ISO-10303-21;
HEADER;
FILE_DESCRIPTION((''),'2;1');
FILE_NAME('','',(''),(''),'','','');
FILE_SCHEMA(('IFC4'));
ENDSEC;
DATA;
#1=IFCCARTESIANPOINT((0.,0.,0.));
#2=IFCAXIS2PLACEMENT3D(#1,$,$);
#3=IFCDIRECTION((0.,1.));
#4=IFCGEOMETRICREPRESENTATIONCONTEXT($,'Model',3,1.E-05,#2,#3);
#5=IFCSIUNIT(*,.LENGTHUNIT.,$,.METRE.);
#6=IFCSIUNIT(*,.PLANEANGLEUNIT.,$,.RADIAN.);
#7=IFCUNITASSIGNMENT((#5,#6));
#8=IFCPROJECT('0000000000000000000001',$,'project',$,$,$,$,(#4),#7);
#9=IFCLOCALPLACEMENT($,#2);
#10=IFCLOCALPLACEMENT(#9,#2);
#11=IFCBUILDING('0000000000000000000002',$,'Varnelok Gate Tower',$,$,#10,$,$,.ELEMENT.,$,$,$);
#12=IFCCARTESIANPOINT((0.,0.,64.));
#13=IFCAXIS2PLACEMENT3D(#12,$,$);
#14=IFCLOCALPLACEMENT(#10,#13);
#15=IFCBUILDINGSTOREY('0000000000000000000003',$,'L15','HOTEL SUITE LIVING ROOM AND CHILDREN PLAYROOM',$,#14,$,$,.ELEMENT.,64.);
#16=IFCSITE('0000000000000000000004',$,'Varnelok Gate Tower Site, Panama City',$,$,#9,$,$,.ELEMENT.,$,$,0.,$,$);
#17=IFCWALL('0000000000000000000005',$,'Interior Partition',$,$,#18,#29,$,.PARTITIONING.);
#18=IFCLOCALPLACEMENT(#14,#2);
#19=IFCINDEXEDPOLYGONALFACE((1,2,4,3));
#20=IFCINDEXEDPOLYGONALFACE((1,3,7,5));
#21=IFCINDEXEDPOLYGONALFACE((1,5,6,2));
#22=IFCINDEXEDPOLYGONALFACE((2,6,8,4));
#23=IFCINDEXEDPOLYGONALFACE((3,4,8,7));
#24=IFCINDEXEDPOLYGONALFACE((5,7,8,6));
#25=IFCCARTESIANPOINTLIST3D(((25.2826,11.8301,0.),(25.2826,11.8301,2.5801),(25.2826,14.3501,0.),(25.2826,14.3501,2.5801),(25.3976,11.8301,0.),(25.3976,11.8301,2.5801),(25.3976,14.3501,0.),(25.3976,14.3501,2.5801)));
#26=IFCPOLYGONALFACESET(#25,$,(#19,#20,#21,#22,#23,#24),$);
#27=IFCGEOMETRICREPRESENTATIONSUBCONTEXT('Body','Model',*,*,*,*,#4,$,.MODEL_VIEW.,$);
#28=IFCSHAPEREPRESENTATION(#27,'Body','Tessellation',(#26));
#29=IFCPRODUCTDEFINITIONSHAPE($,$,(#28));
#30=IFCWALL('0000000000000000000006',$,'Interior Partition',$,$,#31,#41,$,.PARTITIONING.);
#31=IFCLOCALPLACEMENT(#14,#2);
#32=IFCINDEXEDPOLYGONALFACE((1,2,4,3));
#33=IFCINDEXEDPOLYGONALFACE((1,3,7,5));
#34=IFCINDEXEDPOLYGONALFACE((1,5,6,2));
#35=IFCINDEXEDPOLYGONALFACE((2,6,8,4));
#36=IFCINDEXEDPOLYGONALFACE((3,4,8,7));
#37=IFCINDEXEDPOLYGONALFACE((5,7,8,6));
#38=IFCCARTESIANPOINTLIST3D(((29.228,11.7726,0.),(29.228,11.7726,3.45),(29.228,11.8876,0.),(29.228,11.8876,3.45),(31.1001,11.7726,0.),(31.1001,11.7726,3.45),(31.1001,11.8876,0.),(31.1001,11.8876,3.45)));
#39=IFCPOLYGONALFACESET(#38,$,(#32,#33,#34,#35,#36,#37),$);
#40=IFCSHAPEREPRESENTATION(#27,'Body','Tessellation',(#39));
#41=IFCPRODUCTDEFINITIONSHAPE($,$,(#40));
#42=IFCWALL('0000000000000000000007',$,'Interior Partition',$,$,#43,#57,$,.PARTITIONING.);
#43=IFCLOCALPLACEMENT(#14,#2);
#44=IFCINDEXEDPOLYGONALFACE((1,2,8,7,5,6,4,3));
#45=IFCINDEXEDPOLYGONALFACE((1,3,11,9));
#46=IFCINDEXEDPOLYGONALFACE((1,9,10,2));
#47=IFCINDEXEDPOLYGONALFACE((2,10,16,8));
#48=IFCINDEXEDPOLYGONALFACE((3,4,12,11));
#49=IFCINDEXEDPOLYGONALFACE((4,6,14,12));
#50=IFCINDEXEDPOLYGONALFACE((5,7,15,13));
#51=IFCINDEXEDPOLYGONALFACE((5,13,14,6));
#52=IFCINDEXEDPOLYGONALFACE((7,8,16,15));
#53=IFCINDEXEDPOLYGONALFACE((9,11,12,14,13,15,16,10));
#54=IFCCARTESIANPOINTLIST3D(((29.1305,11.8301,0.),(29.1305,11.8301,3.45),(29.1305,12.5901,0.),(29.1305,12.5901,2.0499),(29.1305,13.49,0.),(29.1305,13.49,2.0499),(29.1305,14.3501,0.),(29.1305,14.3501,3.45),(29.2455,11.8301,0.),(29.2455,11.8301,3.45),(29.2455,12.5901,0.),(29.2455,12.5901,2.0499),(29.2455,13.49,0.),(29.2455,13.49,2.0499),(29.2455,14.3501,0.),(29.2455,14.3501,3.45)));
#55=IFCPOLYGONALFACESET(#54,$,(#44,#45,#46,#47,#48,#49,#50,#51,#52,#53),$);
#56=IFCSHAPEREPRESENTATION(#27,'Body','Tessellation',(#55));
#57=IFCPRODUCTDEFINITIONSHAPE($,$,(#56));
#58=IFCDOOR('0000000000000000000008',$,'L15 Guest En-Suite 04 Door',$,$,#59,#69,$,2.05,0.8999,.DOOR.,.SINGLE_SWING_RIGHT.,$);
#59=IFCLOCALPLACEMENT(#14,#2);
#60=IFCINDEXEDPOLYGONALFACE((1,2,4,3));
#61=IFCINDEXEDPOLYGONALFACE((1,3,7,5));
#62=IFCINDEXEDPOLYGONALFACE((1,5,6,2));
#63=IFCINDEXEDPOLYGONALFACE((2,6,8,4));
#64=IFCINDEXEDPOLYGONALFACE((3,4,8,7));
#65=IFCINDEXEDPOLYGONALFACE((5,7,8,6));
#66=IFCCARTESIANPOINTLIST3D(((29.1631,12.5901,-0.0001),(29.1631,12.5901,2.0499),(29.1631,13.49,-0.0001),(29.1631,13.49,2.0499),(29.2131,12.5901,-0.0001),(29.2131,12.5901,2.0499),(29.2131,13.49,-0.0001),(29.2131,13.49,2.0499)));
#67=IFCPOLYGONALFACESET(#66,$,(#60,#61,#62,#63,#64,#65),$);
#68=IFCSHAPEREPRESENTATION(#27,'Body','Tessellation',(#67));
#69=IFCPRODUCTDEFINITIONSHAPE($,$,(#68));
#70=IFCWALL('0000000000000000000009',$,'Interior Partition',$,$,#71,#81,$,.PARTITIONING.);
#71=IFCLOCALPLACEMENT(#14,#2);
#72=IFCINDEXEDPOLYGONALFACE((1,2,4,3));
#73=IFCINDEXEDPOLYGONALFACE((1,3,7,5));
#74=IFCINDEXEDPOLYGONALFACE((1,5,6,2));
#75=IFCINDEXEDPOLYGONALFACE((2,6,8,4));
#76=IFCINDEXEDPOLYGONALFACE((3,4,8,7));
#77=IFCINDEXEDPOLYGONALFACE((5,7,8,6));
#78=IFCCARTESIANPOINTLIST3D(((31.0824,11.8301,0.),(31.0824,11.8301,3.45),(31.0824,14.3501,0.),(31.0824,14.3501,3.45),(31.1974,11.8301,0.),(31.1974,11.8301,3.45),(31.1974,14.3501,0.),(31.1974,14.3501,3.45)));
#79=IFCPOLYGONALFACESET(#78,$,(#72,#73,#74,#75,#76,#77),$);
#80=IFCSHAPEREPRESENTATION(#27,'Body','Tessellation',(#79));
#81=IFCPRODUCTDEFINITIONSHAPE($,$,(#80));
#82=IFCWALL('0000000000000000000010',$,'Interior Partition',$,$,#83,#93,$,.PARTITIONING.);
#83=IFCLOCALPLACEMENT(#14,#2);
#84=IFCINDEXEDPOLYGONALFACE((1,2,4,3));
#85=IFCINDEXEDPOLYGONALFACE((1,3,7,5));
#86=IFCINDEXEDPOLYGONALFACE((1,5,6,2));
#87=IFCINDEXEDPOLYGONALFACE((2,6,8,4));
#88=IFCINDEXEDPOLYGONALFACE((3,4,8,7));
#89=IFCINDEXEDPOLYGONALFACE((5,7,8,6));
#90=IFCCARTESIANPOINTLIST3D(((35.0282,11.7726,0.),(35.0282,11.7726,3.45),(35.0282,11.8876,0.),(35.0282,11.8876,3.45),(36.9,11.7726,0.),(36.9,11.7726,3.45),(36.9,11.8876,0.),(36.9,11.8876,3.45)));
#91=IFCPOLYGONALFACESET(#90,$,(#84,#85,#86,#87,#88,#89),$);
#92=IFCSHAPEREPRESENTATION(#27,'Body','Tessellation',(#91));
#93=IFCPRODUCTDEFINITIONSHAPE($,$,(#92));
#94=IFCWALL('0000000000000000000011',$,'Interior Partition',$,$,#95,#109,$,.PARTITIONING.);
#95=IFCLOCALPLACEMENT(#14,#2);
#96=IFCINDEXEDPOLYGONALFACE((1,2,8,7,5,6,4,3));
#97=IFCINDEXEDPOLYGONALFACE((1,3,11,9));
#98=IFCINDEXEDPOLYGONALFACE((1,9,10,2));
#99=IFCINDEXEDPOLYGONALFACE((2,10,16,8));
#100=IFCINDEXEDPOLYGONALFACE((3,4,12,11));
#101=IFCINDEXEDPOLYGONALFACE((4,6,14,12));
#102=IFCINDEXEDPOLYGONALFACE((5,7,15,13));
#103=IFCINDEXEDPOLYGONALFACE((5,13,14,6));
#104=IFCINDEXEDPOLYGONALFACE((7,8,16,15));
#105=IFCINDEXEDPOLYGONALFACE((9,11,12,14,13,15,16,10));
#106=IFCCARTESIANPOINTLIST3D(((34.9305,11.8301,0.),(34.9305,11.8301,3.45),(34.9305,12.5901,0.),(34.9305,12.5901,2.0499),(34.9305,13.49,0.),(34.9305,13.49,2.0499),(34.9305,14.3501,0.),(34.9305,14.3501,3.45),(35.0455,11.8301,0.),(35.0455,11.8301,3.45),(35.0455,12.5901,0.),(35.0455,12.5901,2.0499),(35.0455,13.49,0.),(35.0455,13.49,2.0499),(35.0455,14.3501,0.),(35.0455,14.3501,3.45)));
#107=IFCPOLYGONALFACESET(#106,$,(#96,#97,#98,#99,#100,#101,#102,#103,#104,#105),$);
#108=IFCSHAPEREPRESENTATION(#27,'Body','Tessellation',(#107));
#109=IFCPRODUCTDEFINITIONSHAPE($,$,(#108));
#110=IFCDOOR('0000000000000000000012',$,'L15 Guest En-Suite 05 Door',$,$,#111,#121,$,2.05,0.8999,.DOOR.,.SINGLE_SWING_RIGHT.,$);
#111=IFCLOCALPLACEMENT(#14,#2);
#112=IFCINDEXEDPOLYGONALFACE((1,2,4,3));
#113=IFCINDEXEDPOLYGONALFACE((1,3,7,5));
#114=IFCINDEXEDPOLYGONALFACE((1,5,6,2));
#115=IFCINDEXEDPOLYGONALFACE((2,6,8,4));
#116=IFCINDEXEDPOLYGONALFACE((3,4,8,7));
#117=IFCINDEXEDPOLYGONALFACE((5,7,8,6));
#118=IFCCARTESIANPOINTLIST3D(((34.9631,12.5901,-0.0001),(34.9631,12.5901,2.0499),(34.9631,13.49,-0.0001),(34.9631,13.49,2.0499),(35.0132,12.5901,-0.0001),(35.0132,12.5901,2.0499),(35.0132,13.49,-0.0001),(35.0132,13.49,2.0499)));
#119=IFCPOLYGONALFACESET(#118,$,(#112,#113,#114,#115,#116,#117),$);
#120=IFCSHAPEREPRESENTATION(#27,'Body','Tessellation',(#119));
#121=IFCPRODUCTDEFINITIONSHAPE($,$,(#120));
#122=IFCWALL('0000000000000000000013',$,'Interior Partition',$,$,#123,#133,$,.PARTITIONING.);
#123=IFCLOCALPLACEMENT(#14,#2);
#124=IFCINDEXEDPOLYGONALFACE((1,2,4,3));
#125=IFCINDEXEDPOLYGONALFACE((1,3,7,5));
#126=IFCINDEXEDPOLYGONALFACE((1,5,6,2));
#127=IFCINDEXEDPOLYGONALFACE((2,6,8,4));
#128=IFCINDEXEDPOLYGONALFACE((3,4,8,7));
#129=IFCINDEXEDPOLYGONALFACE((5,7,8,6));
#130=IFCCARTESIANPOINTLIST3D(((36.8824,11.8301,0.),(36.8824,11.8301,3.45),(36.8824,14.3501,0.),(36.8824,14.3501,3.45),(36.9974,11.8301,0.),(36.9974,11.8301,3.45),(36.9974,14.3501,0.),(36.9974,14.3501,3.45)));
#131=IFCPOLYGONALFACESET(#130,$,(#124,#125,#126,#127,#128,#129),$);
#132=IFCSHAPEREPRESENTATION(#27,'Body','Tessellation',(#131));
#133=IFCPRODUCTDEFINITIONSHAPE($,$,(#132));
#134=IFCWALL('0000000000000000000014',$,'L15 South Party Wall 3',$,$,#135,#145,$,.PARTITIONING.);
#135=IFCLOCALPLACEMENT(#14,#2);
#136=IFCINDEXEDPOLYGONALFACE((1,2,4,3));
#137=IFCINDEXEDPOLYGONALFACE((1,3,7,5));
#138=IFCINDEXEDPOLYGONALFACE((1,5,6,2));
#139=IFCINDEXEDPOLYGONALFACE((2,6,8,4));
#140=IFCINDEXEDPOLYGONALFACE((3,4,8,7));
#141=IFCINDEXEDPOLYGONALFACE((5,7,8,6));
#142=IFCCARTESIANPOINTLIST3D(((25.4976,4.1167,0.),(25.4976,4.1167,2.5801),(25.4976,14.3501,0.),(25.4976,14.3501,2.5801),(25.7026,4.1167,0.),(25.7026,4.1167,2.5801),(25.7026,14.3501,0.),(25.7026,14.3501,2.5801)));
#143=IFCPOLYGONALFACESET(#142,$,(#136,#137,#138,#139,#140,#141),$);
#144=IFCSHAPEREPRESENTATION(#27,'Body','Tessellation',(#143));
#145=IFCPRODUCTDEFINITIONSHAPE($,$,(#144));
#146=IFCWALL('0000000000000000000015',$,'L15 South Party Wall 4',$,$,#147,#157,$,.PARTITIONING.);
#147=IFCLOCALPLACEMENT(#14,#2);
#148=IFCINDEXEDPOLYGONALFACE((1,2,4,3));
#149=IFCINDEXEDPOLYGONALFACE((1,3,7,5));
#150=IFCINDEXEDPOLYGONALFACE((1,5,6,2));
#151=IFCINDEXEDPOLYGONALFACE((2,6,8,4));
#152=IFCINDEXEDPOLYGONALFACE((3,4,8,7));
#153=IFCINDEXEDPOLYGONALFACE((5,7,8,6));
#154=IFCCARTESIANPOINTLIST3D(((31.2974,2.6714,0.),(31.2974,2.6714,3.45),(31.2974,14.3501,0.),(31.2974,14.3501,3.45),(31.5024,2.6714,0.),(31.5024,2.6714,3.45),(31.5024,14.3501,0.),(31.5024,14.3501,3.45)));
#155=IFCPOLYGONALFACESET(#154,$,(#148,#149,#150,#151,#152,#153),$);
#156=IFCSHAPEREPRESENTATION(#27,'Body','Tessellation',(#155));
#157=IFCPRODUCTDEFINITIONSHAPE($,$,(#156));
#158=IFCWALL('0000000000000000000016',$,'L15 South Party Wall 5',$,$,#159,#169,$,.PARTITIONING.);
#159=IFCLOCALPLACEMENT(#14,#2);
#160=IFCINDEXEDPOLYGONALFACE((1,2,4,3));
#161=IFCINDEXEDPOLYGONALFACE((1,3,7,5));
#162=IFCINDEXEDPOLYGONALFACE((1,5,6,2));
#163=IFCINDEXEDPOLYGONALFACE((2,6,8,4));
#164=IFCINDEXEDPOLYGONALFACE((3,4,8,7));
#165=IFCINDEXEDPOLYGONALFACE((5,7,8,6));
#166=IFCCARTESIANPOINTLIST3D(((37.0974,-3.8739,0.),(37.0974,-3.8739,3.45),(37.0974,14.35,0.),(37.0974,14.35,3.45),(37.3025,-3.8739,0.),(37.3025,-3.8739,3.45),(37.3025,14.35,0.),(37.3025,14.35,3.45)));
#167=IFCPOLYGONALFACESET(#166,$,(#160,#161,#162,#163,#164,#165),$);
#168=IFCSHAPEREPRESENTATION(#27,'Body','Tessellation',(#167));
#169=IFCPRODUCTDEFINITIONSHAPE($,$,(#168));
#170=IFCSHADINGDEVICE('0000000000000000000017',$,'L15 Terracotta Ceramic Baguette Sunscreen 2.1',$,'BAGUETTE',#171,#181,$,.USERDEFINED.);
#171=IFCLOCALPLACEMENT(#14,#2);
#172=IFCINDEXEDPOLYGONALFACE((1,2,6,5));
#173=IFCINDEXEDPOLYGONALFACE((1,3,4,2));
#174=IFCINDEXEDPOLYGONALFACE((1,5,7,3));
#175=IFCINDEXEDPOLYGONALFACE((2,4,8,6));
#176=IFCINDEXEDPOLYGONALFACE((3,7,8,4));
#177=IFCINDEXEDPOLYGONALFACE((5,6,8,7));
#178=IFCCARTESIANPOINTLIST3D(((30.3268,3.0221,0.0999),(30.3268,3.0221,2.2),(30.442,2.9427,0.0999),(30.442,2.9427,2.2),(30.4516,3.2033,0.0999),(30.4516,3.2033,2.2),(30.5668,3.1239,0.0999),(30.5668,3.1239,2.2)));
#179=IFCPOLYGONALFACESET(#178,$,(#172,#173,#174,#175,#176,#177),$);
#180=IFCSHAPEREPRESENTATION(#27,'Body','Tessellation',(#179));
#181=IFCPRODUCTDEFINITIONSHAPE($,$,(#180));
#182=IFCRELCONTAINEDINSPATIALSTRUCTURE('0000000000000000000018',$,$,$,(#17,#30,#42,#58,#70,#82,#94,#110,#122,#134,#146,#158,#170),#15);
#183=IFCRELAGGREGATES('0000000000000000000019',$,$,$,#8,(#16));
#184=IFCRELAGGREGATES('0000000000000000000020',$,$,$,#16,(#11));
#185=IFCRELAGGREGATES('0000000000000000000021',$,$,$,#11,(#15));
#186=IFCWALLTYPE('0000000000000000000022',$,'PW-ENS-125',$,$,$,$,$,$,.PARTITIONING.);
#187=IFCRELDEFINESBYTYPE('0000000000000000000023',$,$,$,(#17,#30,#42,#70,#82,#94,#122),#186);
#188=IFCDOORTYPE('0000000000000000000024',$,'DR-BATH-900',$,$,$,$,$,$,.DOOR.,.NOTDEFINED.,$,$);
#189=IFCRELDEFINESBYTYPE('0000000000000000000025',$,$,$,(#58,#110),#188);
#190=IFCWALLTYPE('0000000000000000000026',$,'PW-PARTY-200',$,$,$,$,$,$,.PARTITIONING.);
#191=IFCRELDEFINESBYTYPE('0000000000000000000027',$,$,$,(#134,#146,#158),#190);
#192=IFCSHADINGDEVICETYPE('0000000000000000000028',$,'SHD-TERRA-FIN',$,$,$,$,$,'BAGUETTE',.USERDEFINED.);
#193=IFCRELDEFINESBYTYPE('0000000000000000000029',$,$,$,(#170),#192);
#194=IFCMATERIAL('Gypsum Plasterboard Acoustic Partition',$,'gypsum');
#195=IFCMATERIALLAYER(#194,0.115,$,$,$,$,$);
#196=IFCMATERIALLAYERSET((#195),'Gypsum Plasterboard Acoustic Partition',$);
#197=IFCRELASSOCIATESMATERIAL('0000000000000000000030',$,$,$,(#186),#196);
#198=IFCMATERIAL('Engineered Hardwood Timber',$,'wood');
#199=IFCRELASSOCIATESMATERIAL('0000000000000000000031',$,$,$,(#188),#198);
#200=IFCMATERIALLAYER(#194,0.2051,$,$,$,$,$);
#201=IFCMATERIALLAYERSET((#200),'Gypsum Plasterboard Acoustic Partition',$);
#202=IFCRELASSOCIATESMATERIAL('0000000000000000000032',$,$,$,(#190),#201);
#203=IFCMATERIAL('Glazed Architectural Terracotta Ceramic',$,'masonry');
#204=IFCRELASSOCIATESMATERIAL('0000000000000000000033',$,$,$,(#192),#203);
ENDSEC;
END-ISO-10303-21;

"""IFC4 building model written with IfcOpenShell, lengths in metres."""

from ifc_helpers import new_model, si_unit, direction, frame, frame_2d, origin, origin_2d, place, context, subcontext, project, spatial, rectangle, extrude, source, transform, mapped, material, layer, layer_set, type_object, element, fill, save


model = new_model("IFC4")

# Units and contexts
model_context = context("Model", 3, precision=1e-05, world=origin(), true_north=direction((0.0, 1.0)))
body_context = subcontext(model_context, "Body", "Model", "MODEL_VIEW")
ifc_project = project(units=[si_unit("LENGTHUNIT", "METRE"), si_unit("PLANEANGLEUNIT", "RADIAN")], contexts=[model_context])

# Site, building, storey
site_placement = place(None, origin())
site = spatial("IfcSite", under=ifc_project, at=site_placement, Name="Varnelok Gate Tower Site, Panama City", CompositionType="ELEMENT", RefElevation=0.0)
building_placement = place(site_placement, origin())
building = spatial("IfcBuilding", under=site, at=building_placement, Name="Varnelok Gate Tower", CompositionType="ELEMENT")
storey_placement = place(building_placement, frame((0.0, 0.0, 64.0)))
storey = spatial("IfcBuildingStorey", under=building, at=storey_placement, Name="L15", Description="HOTEL SUITE LIVING ROOM AND CHILDREN PLAYROOM", CompositionType="ELEMENT", Elevation=64.0)

# Walls
ifc_material_1 = material(Name="Gypsum Plasterboard Acoustic Partition", Category="gypsum")
ifc_layer_1 = layer(ifc_material_1, 0.115)
ifc_layer_set_1 = layer_set([ifc_layer_1], Name="Gypsum Plasterboard Acoustic Partition")
wall_type_1 = type_object("IfcWallType", Name="PW-ENS-125", PredefinedType="PARTITIONING", material=ifc_layer_set_1)
wall_1_placement = place(storey_placement, frame((25.3401, 11.8301, 0.0), z_axis=(0.0, 0.0, 1.0), x_axis=(0.0, 1.0, 0.0)))
element("IfcWall", 1, at=wall_1_placement, inside=storey, type_object=wall_type_1, Name="Interior Partition", PredefinedType="PARTITIONING", context=body_context, shape_type="SweptSolid", body=[
    extrude(rectangle(XDim=2.52, YDim=0.115, at=frame_2d((1.26, 0.0))), origin(), (0.0, 0.0, 1.0), 2.5801),
])
wall_2_placement = place(storey_placement, frame((29.228, 11.8301, 0.0), z_axis=(0.0, 0.0, 1.0), x_axis=(1.0, 0.0, 0.0)))
element("IfcWall", 2, at=wall_2_placement, inside=storey, type_object=wall_type_1, Name="Interior Partition", PredefinedType="PARTITIONING", context=body_context, shape_type="SweptSolid", body=[
    extrude(rectangle(XDim=1.8721, YDim=0.115, at=frame_2d((0.936, 0.0))), origin(), (0.0, 0.0, 1.0), 3.45),
])

# Wall, opening, door
wall_3_placement = place(storey_placement, frame((29.188, 11.8301, 0.0), z_axis=(0.0, 0.0, 1.0), x_axis=(0.0, 1.0, 0.0)))
wall_3 = element("IfcWall", 3, at=wall_3_placement, inside=storey, type_object=wall_type_1, Name="Interior Partition", PredefinedType="PARTITIONING", context=body_context, shape_type="SweptSolid", body=[
    extrude(rectangle(XDim=2.52, YDim=0.115, at=frame_2d((1.26, 0.0))), origin(), (0.0, 0.0, 1.0), 3.45),
])
opening_1_placement = place(wall_3_placement, frame((0.76, 0.0, 0.0)))
opening_1 = element("IfcOpeningElement", 4, at=opening_1_placement, cuts=wall_3, PredefinedType="OPENING", context=body_context, shape_type="SweptSolid", body=[
    extrude(rectangle(XDim=0.8999, YDim=2.05, at=frame_2d((0.45, 1.0249))), frame((0.0, 0.0674, 0.0), z_axis=(0.0, -1.0, 0.0), x_axis=(1.0, 0.0, 0.0)), (0.0, 0.0, 1.0), 0.135),
])
ifc_material_2 = material(Name="Engineered Hardwood Timber", Category="wood")
door_type_1 = type_object("IfcDoorType", Name="DR-BATH-900", OperationType="NOTDEFINED", PredefinedType="DOOR", material=ifc_material_2)
door_1_placement = place(opening_1_placement, origin())
door_1 = element("IfcDoor", 5, at=door_1_placement, inside=storey, type_object=door_type_1, Name="L15 Guest En-Suite 04 Door", OperationType="SINGLE_SWING_RIGHT", OverallHeight=2.05, OverallWidth=0.8999, PredefinedType="DOOR", context=body_context, shape_type="SweptSolid", body=[
    extrude(rectangle(XDim=0.8999, YDim=2.05, at=frame_2d((0.45, 1.0249))), frame((0.0, 0.0249, 0.0), z_axis=(0.0, -1.0, 0.0), x_axis=(1.0, 0.0, 0.0)), (0.0, 0.0, 1.0), 0.05),
])
fill(opening_1, door_1)

# Walls
wall_4_placement = place(storey_placement, frame((31.1399, 11.8301, 0.0), z_axis=(0.0, 0.0, 1.0), x_axis=(0.0, 1.0, 0.0)))
element("IfcWall", 6, at=wall_4_placement, inside=storey, type_object=wall_type_1, Name="Interior Partition", PredefinedType="PARTITIONING", context=body_context, shape_type="SweptSolid", body=[
    extrude(rectangle(XDim=2.52, YDim=0.115, at=frame_2d((1.26, 0.0))), origin(), (0.0, 0.0, 1.0), 3.45),
])
wall_5_placement = place(storey_placement, frame((35.0281, 11.8301, 0.0), z_axis=(0.0, 0.0, 1.0), x_axis=(1.0, 0.0, 0.0)))
element("IfcWall", 7, at=wall_5_placement, inside=storey, type_object=wall_type_1, Name="Interior Partition", PredefinedType="PARTITIONING", context=body_context, shape_type="SweptSolid", body=[
    extrude(rectangle(XDim=1.8718, YDim=0.115, at=frame_2d((0.936, 0.0))), origin(), (0.0, 0.0, 1.0), 3.45),
])

# Wall, opening, door
wall_6_placement = place(storey_placement, frame((34.988, 11.8301, 0.0), z_axis=(0.0, 0.0, 1.0), x_axis=(0.0, 1.0, 0.0)))
wall_6 = element("IfcWall", 8, at=wall_6_placement, inside=storey, type_object=wall_type_1, Name="Interior Partition", PredefinedType="PARTITIONING", context=body_context, shape_type="SweptSolid", body=[
    extrude(rectangle(XDim=2.52, YDim=0.115, at=frame_2d((1.26, 0.0))), origin(), (0.0, 0.0, 1.0), 3.45),
])
opening_2_placement = place(wall_6_placement, frame((0.76, 0.0, 0.0)))
opening_2 = element("IfcOpeningElement", 9, at=opening_2_placement, cuts=wall_6, PredefinedType="OPENING", context=body_context, shape_type="SweptSolid", body=[
    extrude(rectangle(XDim=0.8999, YDim=2.05, at=frame_2d((0.45, 1.0249))), frame((0.0, 0.0674, 0.0), z_axis=(0.0, -1.0, 0.0), x_axis=(1.0, 0.0, 0.0)), (0.0, 0.0, 1.0), 0.135),
])
door_2_placement = place(opening_2_placement, origin())
door_2 = element("IfcDoor", 10, at=door_2_placement, inside=storey, type_object=door_type_1, Name="L15 Guest En-Suite 05 Door", OperationType="SINGLE_SWING_RIGHT", OverallHeight=2.05, OverallWidth=0.8999, PredefinedType="DOOR", context=body_context, shape_type="SweptSolid", body=[
    extrude(rectangle(XDim=0.8999, YDim=2.05, at=frame_2d((0.45, 1.0249))), frame((0.0, 0.0249, 0.0), z_axis=(0.0, -1.0, 0.0), x_axis=(1.0, 0.0, 0.0)), (0.0, 0.0, 1.0), 0.05),
])
fill(opening_2, door_2)

# Walls
wall_7_placement = place(storey_placement, frame((36.9399, 11.8301, 0.0), z_axis=(0.0, 0.0, 1.0), x_axis=(0.0, 1.0, 0.0)))
element("IfcWall", 11, at=wall_7_placement, inside=storey, type_object=wall_type_1, Name="Interior Partition", PredefinedType="PARTITIONING", context=body_context, shape_type="SweptSolid", body=[
    extrude(rectangle(XDim=2.52, YDim=0.115, at=frame_2d((1.26, 0.0))), origin(), (0.0, 0.0, 1.0), 3.45),
])
ifc_layer_2 = layer(ifc_material_1, 0.2051)
ifc_layer_set_2 = layer_set([ifc_layer_2], Name="Gypsum Plasterboard Acoustic Partition")
wall_type_2 = type_object("IfcWallType", Name="PW-PARTY-200", PredefinedType="PARTITIONING", material=ifc_layer_set_2)
wall_8_placement = place(storey_placement, frame((25.6001, 4.1167, 0.0), z_axis=(0.0, 0.0, 1.0), x_axis=(0.0, 1.0, 0.0)))
element("IfcWall", 12, at=wall_8_placement, inside=storey, type_object=wall_type_2, Name="L15 South Party Wall 3", PredefinedType="PARTITIONING", context=body_context, shape_type="SweptSolid", body=[
    extrude(rectangle(XDim=10.2334, YDim=0.2051, at=frame_2d((5.1167, 0.0))), origin(), (0.0, 0.0, 1.0), 2.5801),
])
wall_9_placement = place(storey_placement, frame((31.3999, 2.6714, 0.0), z_axis=(0.0, 0.0, 1.0), x_axis=(0.0, 1.0, 0.0)))
element("IfcWall", 13, at=wall_9_placement, inside=storey, type_object=wall_type_2, Name="L15 South Party Wall 4", PredefinedType="PARTITIONING", context=body_context, shape_type="SweptSolid", body=[
    extrude(rectangle(XDim=11.6787, YDim=0.2051, at=frame_2d((5.8394, 0.0))), origin(), (0.0, 0.0, 1.0), 3.45),
])
wall_10_placement = place(storey_placement, frame((37.2, -3.8738, 0.0), z_axis=(0.0, 0.0, 1.0), x_axis=(0.0, 1.0, 0.0)))
element("IfcWall", 14, at=wall_10_placement, inside=storey, type_object=wall_type_2, Name="L15 South Party Wall 5", PredefinedType="PARTITIONING", context=body_context, shape_type="SweptSolid", body=[
    extrude(rectangle(XDim=18.2239, YDim=0.2051, at=frame_2d((9.1118, 0.0))), origin(), (0.0, 0.0, 1.0), 3.45),
])

# Shading device
ifc_material_3 = material(Name="Glazed Architectural Terracotta Ceramic", Category="masonry")
shading_device_type = type_object("IfcShadingDeviceType", Name="SHD-TERRA-FIN", ElementType="BAGUETTE", PredefinedType="USERDEFINED", material=ifc_material_3)
shared_shape_1 = source(origin(), body_context, "Body", "SweptSolid", [
    extrude(rectangle(XDim=0.1399, YDim=0.22, at=origin_2d()), origin(), (0.0, 0.0, 1.0), 2.1001),
])
shading_device_placement = place(storey_placement, frame((30.4468, 3.073, 0.0999), z_axis=(0.0, 0.0, 1.0), x_axis=(0.823533, -0.567269, 0.0)))
element("IfcShadingDevice", 15, at=shading_device_placement, inside=storey, type_object=shading_device_type, Name="L15 Terracotta Ceramic Baguette Sunscreen 2.1", ObjectType="BAGUETTE", PredefinedType="USERDEFINED", context=body_context, shape_type="MappedRepresentation", body=[
    mapped(shared_shape_1, transform((0.0, 0.0, 0.0), scale=1.0)),
])

save(model, "model.ifc")
